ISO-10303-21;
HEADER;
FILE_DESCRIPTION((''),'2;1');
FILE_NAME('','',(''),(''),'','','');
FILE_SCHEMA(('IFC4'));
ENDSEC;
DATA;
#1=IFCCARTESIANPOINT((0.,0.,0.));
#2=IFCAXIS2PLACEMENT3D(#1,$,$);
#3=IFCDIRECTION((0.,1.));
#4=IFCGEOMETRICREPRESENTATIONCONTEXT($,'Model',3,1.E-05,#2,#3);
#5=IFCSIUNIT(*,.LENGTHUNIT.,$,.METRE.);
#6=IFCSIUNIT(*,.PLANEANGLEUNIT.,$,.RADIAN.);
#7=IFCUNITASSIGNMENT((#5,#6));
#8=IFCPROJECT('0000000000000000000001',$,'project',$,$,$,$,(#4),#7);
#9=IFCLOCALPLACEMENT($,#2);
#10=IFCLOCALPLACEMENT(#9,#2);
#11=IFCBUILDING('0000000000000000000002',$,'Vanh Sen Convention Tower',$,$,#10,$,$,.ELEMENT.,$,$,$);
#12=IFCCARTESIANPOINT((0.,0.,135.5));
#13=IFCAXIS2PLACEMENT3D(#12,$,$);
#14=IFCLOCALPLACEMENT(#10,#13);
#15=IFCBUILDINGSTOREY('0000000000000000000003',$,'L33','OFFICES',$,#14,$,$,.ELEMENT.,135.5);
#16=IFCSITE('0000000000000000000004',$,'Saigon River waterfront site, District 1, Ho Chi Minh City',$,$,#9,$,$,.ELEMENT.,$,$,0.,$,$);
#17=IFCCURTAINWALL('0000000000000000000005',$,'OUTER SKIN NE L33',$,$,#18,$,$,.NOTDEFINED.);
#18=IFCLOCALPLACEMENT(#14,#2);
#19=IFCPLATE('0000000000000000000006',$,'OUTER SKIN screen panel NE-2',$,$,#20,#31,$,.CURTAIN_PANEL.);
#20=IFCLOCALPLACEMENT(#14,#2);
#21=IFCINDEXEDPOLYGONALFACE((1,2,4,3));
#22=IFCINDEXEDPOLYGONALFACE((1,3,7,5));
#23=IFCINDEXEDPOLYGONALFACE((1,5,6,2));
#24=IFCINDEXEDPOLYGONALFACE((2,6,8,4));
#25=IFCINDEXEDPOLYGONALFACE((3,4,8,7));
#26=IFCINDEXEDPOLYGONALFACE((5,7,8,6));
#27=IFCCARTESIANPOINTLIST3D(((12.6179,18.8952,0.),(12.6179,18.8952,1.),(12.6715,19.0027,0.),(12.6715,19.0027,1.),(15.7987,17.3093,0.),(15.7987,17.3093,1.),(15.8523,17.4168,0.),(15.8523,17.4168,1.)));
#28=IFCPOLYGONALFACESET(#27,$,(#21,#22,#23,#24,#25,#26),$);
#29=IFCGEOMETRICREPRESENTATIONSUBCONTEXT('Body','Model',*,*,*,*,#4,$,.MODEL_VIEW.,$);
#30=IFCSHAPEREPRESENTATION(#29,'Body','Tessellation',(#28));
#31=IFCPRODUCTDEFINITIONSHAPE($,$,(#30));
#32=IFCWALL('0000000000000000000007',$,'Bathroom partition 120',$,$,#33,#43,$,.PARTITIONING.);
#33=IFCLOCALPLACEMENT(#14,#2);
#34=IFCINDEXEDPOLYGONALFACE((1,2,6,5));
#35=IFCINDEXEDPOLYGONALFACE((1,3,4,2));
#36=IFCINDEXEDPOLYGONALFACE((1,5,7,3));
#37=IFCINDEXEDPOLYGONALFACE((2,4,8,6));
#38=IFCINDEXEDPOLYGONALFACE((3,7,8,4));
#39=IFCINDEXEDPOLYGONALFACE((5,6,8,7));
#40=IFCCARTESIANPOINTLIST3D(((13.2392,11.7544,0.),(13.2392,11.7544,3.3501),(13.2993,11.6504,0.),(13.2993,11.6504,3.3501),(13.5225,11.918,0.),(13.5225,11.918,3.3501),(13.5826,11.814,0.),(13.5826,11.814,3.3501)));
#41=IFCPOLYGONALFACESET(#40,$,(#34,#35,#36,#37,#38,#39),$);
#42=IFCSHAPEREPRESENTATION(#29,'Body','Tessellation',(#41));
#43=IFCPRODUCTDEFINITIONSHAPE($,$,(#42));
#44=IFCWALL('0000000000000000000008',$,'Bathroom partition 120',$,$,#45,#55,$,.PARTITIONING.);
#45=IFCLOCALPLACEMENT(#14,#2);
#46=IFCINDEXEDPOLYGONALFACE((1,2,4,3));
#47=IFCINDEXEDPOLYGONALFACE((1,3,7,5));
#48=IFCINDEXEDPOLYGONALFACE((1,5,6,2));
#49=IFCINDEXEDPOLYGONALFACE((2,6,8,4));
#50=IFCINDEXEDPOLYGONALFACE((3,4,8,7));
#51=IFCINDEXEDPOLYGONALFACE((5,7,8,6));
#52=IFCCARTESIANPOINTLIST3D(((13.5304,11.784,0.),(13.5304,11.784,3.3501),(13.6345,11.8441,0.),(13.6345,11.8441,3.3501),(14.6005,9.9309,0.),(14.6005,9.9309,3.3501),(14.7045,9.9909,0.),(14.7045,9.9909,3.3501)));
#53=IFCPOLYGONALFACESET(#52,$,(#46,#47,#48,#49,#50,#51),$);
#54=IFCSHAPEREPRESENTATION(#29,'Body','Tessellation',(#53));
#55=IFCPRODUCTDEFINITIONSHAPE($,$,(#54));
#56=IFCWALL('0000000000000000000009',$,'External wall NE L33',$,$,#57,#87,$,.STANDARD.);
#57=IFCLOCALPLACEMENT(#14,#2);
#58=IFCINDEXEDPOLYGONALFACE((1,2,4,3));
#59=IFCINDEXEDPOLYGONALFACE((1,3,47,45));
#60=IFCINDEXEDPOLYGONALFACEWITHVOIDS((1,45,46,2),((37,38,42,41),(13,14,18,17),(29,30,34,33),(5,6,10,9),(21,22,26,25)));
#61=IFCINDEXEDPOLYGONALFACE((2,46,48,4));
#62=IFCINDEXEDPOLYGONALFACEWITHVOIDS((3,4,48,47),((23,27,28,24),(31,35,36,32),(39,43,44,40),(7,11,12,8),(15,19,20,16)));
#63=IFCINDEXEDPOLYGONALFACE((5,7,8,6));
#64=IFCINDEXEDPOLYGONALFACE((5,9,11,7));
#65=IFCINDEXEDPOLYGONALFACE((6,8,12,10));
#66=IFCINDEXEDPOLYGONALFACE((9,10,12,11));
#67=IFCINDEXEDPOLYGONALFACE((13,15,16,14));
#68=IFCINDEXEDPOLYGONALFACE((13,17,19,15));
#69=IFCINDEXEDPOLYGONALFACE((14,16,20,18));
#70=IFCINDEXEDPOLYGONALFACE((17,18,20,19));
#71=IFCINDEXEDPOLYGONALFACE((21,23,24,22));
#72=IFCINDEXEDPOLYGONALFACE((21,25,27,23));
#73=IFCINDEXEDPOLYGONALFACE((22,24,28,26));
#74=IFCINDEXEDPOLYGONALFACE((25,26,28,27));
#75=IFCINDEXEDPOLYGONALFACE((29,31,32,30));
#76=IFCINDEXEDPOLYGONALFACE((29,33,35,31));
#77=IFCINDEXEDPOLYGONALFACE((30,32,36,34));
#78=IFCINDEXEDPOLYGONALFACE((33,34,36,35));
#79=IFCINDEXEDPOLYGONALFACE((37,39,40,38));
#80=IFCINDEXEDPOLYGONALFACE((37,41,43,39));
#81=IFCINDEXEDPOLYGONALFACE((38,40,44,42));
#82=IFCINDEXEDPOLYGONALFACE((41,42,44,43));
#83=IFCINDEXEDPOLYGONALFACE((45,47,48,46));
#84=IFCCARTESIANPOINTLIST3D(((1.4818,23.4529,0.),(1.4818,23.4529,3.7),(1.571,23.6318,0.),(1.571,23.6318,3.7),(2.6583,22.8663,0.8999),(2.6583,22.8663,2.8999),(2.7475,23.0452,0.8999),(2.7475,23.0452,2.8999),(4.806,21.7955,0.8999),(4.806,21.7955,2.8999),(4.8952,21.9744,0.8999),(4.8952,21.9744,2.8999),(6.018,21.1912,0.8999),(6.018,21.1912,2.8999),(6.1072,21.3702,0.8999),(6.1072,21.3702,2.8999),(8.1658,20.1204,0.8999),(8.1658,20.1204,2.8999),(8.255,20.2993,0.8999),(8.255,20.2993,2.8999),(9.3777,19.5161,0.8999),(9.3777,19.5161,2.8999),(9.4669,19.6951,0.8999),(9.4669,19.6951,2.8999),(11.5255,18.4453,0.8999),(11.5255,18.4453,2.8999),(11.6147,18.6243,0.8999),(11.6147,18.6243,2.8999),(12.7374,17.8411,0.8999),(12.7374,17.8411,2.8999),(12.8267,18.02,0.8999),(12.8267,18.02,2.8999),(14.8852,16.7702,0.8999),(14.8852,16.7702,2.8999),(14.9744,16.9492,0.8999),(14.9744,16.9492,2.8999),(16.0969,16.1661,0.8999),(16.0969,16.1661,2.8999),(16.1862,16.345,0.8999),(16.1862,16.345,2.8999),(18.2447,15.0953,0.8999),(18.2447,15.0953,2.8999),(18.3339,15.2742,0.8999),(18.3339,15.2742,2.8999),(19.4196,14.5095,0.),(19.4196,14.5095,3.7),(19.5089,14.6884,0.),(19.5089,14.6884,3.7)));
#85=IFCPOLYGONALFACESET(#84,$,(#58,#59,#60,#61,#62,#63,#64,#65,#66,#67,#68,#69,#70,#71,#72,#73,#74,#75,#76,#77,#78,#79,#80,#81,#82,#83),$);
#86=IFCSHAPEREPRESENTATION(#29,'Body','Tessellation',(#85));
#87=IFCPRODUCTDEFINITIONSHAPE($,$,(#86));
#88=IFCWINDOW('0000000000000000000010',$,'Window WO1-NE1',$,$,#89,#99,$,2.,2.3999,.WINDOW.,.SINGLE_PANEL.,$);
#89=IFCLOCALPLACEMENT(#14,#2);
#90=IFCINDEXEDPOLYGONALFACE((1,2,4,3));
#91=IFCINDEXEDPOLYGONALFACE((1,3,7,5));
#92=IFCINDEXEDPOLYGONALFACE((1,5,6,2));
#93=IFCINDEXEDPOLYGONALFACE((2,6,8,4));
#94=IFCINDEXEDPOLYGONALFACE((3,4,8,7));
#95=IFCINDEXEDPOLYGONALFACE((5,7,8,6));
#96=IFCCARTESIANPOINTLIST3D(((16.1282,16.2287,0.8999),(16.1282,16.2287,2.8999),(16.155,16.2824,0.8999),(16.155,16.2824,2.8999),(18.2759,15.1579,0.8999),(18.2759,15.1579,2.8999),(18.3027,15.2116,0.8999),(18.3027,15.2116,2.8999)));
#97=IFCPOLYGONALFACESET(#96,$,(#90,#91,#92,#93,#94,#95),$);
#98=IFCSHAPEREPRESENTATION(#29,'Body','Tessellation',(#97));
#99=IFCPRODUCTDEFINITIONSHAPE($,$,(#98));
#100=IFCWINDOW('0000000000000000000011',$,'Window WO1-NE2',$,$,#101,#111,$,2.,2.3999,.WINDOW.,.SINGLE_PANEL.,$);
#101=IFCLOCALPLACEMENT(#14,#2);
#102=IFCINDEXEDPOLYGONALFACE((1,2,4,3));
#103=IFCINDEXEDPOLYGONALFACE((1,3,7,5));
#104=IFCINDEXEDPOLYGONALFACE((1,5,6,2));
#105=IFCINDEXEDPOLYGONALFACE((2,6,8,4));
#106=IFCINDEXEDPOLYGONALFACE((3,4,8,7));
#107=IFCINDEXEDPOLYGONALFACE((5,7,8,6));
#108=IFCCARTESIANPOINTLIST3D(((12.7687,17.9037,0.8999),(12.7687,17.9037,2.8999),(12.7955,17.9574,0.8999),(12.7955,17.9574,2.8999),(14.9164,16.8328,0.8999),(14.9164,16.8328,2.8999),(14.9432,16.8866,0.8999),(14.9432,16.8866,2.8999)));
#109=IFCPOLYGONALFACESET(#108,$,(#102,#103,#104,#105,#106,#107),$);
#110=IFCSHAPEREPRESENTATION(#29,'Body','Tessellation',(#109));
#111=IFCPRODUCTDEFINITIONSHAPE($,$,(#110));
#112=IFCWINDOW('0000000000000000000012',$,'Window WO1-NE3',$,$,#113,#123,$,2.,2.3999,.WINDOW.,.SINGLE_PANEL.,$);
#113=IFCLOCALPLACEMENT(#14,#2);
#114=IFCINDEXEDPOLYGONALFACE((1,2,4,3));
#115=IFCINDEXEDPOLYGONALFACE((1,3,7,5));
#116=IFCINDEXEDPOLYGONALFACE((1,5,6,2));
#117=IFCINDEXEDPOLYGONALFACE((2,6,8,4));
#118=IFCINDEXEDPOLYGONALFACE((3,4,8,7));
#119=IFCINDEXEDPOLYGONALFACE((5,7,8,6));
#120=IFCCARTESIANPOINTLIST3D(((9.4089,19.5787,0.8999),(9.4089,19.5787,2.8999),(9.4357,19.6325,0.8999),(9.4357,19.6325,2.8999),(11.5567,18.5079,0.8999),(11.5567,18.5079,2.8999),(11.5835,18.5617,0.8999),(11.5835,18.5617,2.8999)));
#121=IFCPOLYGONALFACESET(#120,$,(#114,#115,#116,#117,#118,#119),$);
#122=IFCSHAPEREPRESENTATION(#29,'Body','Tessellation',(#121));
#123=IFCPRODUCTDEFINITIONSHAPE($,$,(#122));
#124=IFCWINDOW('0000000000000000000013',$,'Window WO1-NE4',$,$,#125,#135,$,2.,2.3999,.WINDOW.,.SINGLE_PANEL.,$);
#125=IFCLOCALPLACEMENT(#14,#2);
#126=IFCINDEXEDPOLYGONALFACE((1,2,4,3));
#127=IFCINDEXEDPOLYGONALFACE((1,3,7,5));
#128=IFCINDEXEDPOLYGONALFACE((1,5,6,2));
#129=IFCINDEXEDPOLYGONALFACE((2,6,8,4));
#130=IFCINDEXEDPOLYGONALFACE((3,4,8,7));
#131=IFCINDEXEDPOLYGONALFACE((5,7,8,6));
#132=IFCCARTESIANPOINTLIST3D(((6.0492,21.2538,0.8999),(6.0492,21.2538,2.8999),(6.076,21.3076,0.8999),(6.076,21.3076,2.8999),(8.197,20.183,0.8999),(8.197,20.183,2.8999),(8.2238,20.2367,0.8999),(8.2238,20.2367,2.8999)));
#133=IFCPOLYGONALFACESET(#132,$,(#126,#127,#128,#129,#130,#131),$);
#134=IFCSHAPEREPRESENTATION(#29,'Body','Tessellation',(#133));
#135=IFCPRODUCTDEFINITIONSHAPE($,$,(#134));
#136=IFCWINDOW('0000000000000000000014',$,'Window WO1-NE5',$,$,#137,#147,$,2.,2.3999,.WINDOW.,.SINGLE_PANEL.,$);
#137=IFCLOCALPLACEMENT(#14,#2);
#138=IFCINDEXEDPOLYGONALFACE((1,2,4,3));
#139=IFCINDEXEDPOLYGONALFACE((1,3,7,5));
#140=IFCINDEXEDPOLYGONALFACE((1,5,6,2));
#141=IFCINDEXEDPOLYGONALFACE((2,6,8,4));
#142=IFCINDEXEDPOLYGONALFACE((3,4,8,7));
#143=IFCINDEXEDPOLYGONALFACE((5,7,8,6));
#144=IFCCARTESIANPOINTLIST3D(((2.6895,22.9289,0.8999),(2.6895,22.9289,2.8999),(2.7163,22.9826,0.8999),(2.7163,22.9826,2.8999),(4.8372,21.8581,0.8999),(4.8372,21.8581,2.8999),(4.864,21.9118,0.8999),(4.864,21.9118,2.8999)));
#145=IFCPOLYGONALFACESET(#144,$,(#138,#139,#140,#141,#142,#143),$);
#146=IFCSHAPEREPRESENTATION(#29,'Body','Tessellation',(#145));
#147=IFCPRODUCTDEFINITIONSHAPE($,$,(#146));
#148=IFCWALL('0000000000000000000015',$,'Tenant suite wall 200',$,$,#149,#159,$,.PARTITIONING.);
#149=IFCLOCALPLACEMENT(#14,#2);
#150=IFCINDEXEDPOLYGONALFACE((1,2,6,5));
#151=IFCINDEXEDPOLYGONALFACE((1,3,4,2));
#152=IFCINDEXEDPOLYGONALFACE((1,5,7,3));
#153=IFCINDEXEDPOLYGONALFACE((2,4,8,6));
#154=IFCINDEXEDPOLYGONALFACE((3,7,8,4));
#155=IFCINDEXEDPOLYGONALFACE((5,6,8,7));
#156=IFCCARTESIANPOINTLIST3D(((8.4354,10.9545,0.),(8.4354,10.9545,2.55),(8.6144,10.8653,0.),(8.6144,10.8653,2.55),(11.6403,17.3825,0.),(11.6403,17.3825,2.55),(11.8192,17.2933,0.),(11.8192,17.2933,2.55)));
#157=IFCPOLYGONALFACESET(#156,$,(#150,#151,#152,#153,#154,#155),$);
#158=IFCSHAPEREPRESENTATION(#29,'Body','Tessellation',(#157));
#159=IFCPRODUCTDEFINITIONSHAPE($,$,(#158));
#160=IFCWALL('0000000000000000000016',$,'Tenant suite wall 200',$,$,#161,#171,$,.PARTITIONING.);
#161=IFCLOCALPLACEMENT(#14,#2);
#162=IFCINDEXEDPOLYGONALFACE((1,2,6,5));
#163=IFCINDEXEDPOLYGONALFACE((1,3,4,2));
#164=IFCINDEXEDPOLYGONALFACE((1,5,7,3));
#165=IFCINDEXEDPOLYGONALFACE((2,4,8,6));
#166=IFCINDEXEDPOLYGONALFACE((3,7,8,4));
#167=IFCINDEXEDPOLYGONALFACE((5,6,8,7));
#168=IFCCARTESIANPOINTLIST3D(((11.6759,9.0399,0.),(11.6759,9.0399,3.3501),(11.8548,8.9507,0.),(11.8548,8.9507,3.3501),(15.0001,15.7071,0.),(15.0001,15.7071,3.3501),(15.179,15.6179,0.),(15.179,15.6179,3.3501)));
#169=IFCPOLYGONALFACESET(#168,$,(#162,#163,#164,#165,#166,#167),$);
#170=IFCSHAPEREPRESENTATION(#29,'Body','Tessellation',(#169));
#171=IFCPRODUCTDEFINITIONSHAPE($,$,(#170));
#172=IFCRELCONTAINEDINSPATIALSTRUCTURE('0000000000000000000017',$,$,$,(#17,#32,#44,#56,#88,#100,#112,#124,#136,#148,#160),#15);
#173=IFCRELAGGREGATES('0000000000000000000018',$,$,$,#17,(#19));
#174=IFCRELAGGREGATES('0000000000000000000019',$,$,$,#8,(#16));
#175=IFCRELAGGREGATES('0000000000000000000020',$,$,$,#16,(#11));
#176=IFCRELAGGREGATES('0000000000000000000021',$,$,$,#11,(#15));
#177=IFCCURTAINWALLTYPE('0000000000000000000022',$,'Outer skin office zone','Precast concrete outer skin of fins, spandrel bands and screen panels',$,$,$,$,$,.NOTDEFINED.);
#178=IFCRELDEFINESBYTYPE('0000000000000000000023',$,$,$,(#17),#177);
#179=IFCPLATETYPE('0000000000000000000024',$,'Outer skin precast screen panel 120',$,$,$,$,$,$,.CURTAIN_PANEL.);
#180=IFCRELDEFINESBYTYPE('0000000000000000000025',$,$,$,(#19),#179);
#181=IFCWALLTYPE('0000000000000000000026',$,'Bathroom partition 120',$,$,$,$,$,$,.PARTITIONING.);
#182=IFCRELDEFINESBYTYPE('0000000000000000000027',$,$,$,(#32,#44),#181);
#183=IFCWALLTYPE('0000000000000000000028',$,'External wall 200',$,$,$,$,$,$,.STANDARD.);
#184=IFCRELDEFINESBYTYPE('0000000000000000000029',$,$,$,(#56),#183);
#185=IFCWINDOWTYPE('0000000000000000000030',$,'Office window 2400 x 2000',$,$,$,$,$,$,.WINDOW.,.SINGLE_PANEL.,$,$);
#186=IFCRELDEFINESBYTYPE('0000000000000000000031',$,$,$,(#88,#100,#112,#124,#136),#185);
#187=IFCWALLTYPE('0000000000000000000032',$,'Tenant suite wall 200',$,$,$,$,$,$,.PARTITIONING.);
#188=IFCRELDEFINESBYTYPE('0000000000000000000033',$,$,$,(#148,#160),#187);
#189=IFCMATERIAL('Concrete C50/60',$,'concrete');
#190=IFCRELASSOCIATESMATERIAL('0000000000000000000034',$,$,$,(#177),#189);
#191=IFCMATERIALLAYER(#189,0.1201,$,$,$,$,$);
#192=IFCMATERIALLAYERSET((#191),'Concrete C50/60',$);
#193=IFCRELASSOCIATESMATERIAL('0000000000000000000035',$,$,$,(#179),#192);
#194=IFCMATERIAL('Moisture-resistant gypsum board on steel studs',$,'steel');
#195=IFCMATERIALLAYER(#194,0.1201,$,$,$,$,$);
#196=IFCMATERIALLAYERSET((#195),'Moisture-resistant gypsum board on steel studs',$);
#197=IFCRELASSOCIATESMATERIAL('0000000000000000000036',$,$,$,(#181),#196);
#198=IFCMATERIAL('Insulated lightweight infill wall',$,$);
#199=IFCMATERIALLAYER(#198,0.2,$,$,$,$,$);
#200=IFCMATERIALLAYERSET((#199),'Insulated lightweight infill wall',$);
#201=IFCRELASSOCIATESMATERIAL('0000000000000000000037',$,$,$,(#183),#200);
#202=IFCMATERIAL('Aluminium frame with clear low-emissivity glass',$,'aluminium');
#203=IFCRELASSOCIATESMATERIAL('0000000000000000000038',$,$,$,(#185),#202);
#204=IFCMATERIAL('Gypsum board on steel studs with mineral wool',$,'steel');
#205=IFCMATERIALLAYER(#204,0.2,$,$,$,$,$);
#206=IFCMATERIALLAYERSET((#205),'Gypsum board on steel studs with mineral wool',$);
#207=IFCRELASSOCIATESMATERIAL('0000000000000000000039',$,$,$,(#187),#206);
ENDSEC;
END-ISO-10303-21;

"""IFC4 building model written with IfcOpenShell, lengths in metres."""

from ifc_helpers import new_model, si_unit, direction, frame, frame_2d, origin, origin_2d, place, context, subcontext, project, spatial, rectangle, extrude, material, layer, layer_set, type_object, element, fill, aggregate, save


model = new_model("IFC4")

# Units and contexts
model_context = context("Model", 3, precision=1e-05, world=origin(), true_north=direction((0.0, 1.0)))
body_context = subcontext(model_context, "Body", "Model", "MODEL_VIEW")
ifc_project = project(units=[si_unit("LENGTHUNIT", "METRE"), si_unit("PLANEANGLEUNIT", "RADIAN")], contexts=[model_context])

# Site, building, storey
site_placement = place(None, origin())
site = spatial("IfcSite", under=ifc_project, at=site_placement, Name="Saigon River waterfront site, District 1, Ho Chi Minh City", CompositionType="ELEMENT", RefElevation=0.0)
building_placement = place(site_placement, origin())
building = spatial("IfcBuilding", under=site, at=building_placement, Name="Vanh Sen Convention Tower", CompositionType="ELEMENT")
storey_placement = place(building_placement, frame((0.0, 0.0, 135.5)))
storey = spatial("IfcBuildingStorey", under=building, at=storey_placement, Name="L33", Description="OFFICES", CompositionType="ELEMENT", Elevation=135.5)

# Curtain wall
ifc_material_1 = material(Name="Concrete C50/60", Category="concrete")
curtain_wall_type = type_object("IfcCurtainWallType", Name="Outer skin office zone", Description="Precast concrete outer skin of fins, spandrel bands and screen panels", PredefinedType="NOTDEFINED", material=ifc_material_1)
curtain_wall_1_placement = place(storey_placement, origin())
curtain_wall_1 = element("IfcCurtainWall", 1, at=curtain_wall_1_placement, inside=storey, type_object=curtain_wall_type, Name="OUTER SKIN NE L33", PredefinedType="NOTDEFINED")

# Shared definitions
ifc_layer_1 = layer(ifc_material_1, 0.1201)
ifc_layer_set_1 = layer_set([ifc_layer_1], Name="Concrete C50/60")
plate_type = type_object("IfcPlateType", Name="Outer skin precast screen panel 120", PredefinedType="CURTAIN_PANEL", material=ifc_layer_set_1)

# Plate
plate_1_placement = place(storey_placement, frame((14.2351, 18.156, 0.0), z_axis=(0.0, 0.0, 1.0), x_axis=(-0.894933, 0.446201, 0.0)))
plate_1 = element("IfcPlate", 2, at=plate_1_placement, type_object=plate_type, Name="OUTER SKIN screen panel NE-2", PredefinedType="CURTAIN_PANEL", context=body_context, shape_type="SweptSolid", body=[
    extrude(rectangle(XDim=3.5542, YDim=0.1201, at=origin_2d()), origin(), (0.0, 0.0, 1.0), 1.0),
])
aggregate(curtain_wall_1, [plate_1])

# Walls
ifc_material_2 = material(Name="Moisture-resistant gypsum board on steel studs", Category="steel")
ifc_layer_2 = layer(ifc_material_2, 0.1201)
ifc_layer_set_2 = layer_set([ifc_layer_2], Name="Moisture-resistant gypsum board on steel studs")
wall_type_1 = type_object("IfcWallType", Name="Bathroom partition 120", PredefinedType="PARTITIONING", material=ifc_layer_set_2)
wall_1_placement = place(storey_placement, frame((13.2693, 11.7024, 0.0), z_axis=(0.0, 0.0, 1.0), x_axis=(0.865937, 0.500153, 0.0)))
element("IfcWall", 3, at=wall_1_placement, inside=storey, type_object=wall_type_1, Name="Bathroom partition 120", PredefinedType="PARTITIONING", context=body_context, shape_type="SweptSolid", body=[
    extrude(rectangle(XDim=0.3271, YDim=0.1201, at=frame_2d((0.1636, 0.0))), origin(), (0.0, 0.0, 1.0), 3.3501),
])
wall_2_placement = place(storey_placement, frame((13.5825, 11.814, 0.0), z_axis=(0.0, 0.0, 1.0), x_axis=(0.500029, -0.866009, 0.0)))
element("IfcWall", 4, at=wall_2_placement, inside=storey, type_object=wall_type_1, Name="Bathroom partition 120", PredefinedType="PARTITIONING", context=body_context, shape_type="SweptSolid", body=[
    extrude(rectangle(XDim=2.1399, YDim=0.1201, at=frame_2d((1.0698, 0.0))), origin(), (0.0, 0.0, 1.0), 3.3501),
])

# Wall, openings, windows
ifc_material_3 = material(Name="Insulated lightweight infill wall")
ifc_layer_3 = layer(ifc_material_3, 0.2)
ifc_layer_set_3 = layer_set([ifc_layer_3], Name="Insulated lightweight infill wall")
wall_type_2 = type_object("IfcWallType", Name="External wall 200", PredefinedType="STANDARD", material=ifc_layer_set_3)
wall_3_placement = place(storey_placement, frame((19.4644, 14.5989, 0.0), z_axis=(0.0, 0.0, 1.0), x_axis=(-0.894936, 0.446195, 0.0)))
wall_3 = element("IfcWall", 5, at=wall_3_placement, inside=storey, type_object=wall_type_2, Name="External wall NE L33", PredefinedType="STANDARD", context=body_context, shape_type="SweptSolid", body=[
    extrude(rectangle(XDim=20.0437, YDim=0.2, at=frame_2d((10.022, 0.0))), origin(), (0.0, 0.0, 1.0), 3.7),
])
opening_1_placement = place(wall_3_placement, frame((1.313, 0.0, 0.8999)))
opening_1 = element("IfcOpeningElement", 6, at=opening_1_placement, cuts=wall_3, PredefinedType="OPENING", context=body_context, shape_type="SweptSolid", body=[
    extrude(rectangle(XDim=2.3999, YDim=2.0, at=frame_2d((1.2, 1.0))), frame((0.0, 0.1099, 0.0), z_axis=(0.0, -1.0, 0.0), x_axis=(1.0, 0.0, 0.0)), (0.0, 0.0, 1.0), 0.22),
])
opening_2_placement = place(wall_3_placement, frame((5.0669, 0.0, 0.8999)))
opening_2 = element("IfcOpeningElement", 7, at=opening_2_placement, cuts=wall_3, PredefinedType="OPENING", context=body_context, shape_type="SweptSolid", body=[
    extrude(rectangle(XDim=2.3999, YDim=2.0, at=frame_2d((1.2, 1.0))), frame((0.0, 0.1099, 0.0), z_axis=(0.0, -1.0, 0.0), x_axis=(1.0, 0.0, 0.0)), (0.0, 0.0, 1.0), 0.22),
])
opening_3_placement = place(wall_3_placement, frame((8.821, 0.0, 0.8999)))
opening_3 = element("IfcOpeningElement", 8, at=opening_3_placement, cuts=wall_3, PredefinedType="OPENING", context=body_context, shape_type="SweptSolid", body=[
    extrude(rectangle(XDim=2.3999, YDim=2.0, at=frame_2d((1.2, 1.0))), frame((0.0, 0.1099, 0.0), z_axis=(0.0, -1.0, 0.0), x_axis=(1.0, 0.0, 0.0)), (0.0, 0.0, 1.0), 0.22),
])
opening_4_placement = place(wall_3_placement, frame((12.5752, 0.0, 0.8999)))
opening_4 = element("IfcOpeningElement", 9, at=opening_4_placement, cuts=wall_3, PredefinedType="OPENING", context=body_context, shape_type="SweptSolid", body=[
    extrude(rectangle(XDim=2.3999, YDim=2.0, at=frame_2d((1.2, 1.0))), frame((0.0, 0.1099, 0.0), z_axis=(0.0, -1.0, 0.0), x_axis=(1.0, 0.0, 0.0)), (0.0, 0.0, 1.0), 0.22),
])
opening_5_placement = place(wall_3_placement, frame((16.3293, 0.0, 0.8999)))
opening_5 = element("IfcOpeningElement", 10, at=opening_5_placement, cuts=wall_3, PredefinedType="OPENING", context=body_context, shape_type="SweptSolid", body=[
    extrude(rectangle(XDim=2.3999, YDim=2.0, at=frame_2d((1.2, 1.0))), frame((0.0, 0.1099, 0.0), z_axis=(0.0, -1.0, 0.0), x_axis=(1.0, 0.0, 0.0)), (0.0, 0.0, 1.0), 0.22),
])
ifc_material_4 = material(Name="Aluminium frame with clear low-emissivity glass", Category="aluminium")
window_type = type_object("IfcWindowType", Name="Office window 2400 x 2000", PartitioningType="SINGLE_PANEL", PredefinedType="WINDOW", material=ifc_material_4)
window_1_placement = place(opening_1_placement, origin())
window_1 = element("IfcWindow", 11, at=window_1_placement, inside=storey, type_object=window_type, Name="Window WO1-NE1", OverallHeight=2.0, OverallWidth=2.3999, PartitioningType="SINGLE_PANEL", PredefinedType="WINDOW", context=body_context, shape_type="SweptSolid", body=[
    extrude(rectangle(XDim=2.3999, YDim=2.0, at=frame_2d((1.2, 1.0))), frame((0.0, 0.03, 0.0), z_axis=(0.0, -1.0, 0.0), x_axis=(1.0, 0.0, 0.0)), (0.0, 0.0, 1.0), 0.0601),
])
fill(opening_1, window_1)
window_2_placement = place(opening_2_placement, origin())
window_2 = element("IfcWindow", 12, at=window_2_placement, inside=storey, type_object=window_type, Name="Window WO1-NE2", OverallHeight=2.0, OverallWidth=2.3999, PartitioningType="SINGLE_PANEL", PredefinedType="WINDOW", context=body_context, shape_type="SweptSolid", body=[
    extrude(rectangle(XDim=2.3999, YDim=2.0, at=frame_2d((1.2, 1.0))), frame((0.0, 0.03, 0.0), z_axis=(0.0, -1.0, 0.0), x_axis=(1.0, 0.0, 0.0)), (0.0, 0.0, 1.0), 0.0601),
])
fill(opening_2, window_2)
window_3_placement = place(opening_3_placement, origin())
window_3 = element("IfcWindow", 13, at=window_3_placement, inside=storey, type_object=window_type, Name="Window WO1-NE3", OverallHeight=2.0, OverallWidth=2.3999, PartitioningType="SINGLE_PANEL", PredefinedType="WINDOW", context=body_context, shape_type="SweptSolid", body=[
    extrude(rectangle(XDim=2.3999, YDim=2.0, at=frame_2d((1.2, 1.0))), frame((0.0, 0.03, 0.0), z_axis=(0.0, -1.0, 0.0), x_axis=(1.0, 0.0, 0.0)), (0.0, 0.0, 1.0), 0.0601),
])
fill(opening_3, window_3)
window_4_placement = place(opening_4_placement, origin())
window_4 = element("IfcWindow", 14, at=window_4_placement, inside=storey, type_object=window_type, Name="Window WO1-NE4", OverallHeight=2.0, OverallWidth=2.3999, PartitioningType="SINGLE_PANEL", PredefinedType="WINDOW", context=body_context, shape_type="SweptSolid", body=[
    extrude(rectangle(XDim=2.3999, YDim=2.0, at=frame_2d((1.2, 1.0))), frame((0.0, 0.03, 0.0), z_axis=(0.0, -1.0, 0.0), x_axis=(1.0, 0.0, 0.0)), (0.0, 0.0, 1.0), 0.0601),
])
fill(opening_4, window_4)
window_5_placement = place(opening_5_placement, origin())
window_5 = element("IfcWindow", 15, at=window_5_placement, inside=storey, type_object=window_type, Name="Window WO1-NE5", OverallHeight=2.0, OverallWidth=2.3999, PartitioningType="SINGLE_PANEL", PredefinedType="WINDOW", context=body_context, shape_type="SweptSolid", body=[
    extrude(rectangle(XDim=2.3999, YDim=2.0, at=frame_2d((1.2, 1.0))), frame((0.0, 0.03, 0.0), z_axis=(0.0, -1.0, 0.0), x_axis=(1.0, 0.0, 0.0)), (0.0, 0.0, 1.0), 0.0601),
])
fill(opening_5, window_5)

# Walls
ifc_material_5 = material(Name="Gypsum board on steel studs with mineral wool", Category="steel")
ifc_layer_4 = layer(ifc_material_5, 0.2)
ifc_layer_set_4 = layer_set([ifc_layer_4], Name="Gypsum board on steel studs with mineral wool")
wall_type_3 = type_object("IfcWallType", Name="Tenant suite wall 200", PredefinedType="PARTITIONING", material=ifc_layer_set_4)
wall_4_placement = place(storey_placement, frame((11.7297, 17.3379, 0.0), z_axis=(0.0, 0.0, 1.0), x_axis=(-0.446194, -0.894936, 0.0)))
element("IfcWall", 16, at=wall_4_placement, inside=storey, type_object=wall_type_3, Name="Tenant suite wall 200", PredefinedType="PARTITIONING", context=body_context, shape_type="SweptSolid", body=[
    extrude(rectangle(XDim=7.1826, YDim=0.2, at=frame_2d((3.5913, 0.0))), origin(), (0.0, 0.0, 1.0), 2.55),
])
wall_5_placement = place(storey_placement, frame((15.0896, 15.6626, 0.0), z_axis=(0.0, 0.0, 1.0), x_axis=(-0.446204, -0.894931, 0.0)))
element("IfcWall", 17, at=wall_5_placement, inside=storey, type_object=wall_type_3, Name="Tenant suite wall 200", PredefinedType="PARTITIONING", context=body_context, shape_type="SweptSolid", body=[
    extrude(rectangle(XDim=7.45, YDim=0.2, at=frame_2d((3.7251, 0.0))), origin(), (0.0, 0.0, 1.0), 3.3501),
])

save(model, "model.ifc")
